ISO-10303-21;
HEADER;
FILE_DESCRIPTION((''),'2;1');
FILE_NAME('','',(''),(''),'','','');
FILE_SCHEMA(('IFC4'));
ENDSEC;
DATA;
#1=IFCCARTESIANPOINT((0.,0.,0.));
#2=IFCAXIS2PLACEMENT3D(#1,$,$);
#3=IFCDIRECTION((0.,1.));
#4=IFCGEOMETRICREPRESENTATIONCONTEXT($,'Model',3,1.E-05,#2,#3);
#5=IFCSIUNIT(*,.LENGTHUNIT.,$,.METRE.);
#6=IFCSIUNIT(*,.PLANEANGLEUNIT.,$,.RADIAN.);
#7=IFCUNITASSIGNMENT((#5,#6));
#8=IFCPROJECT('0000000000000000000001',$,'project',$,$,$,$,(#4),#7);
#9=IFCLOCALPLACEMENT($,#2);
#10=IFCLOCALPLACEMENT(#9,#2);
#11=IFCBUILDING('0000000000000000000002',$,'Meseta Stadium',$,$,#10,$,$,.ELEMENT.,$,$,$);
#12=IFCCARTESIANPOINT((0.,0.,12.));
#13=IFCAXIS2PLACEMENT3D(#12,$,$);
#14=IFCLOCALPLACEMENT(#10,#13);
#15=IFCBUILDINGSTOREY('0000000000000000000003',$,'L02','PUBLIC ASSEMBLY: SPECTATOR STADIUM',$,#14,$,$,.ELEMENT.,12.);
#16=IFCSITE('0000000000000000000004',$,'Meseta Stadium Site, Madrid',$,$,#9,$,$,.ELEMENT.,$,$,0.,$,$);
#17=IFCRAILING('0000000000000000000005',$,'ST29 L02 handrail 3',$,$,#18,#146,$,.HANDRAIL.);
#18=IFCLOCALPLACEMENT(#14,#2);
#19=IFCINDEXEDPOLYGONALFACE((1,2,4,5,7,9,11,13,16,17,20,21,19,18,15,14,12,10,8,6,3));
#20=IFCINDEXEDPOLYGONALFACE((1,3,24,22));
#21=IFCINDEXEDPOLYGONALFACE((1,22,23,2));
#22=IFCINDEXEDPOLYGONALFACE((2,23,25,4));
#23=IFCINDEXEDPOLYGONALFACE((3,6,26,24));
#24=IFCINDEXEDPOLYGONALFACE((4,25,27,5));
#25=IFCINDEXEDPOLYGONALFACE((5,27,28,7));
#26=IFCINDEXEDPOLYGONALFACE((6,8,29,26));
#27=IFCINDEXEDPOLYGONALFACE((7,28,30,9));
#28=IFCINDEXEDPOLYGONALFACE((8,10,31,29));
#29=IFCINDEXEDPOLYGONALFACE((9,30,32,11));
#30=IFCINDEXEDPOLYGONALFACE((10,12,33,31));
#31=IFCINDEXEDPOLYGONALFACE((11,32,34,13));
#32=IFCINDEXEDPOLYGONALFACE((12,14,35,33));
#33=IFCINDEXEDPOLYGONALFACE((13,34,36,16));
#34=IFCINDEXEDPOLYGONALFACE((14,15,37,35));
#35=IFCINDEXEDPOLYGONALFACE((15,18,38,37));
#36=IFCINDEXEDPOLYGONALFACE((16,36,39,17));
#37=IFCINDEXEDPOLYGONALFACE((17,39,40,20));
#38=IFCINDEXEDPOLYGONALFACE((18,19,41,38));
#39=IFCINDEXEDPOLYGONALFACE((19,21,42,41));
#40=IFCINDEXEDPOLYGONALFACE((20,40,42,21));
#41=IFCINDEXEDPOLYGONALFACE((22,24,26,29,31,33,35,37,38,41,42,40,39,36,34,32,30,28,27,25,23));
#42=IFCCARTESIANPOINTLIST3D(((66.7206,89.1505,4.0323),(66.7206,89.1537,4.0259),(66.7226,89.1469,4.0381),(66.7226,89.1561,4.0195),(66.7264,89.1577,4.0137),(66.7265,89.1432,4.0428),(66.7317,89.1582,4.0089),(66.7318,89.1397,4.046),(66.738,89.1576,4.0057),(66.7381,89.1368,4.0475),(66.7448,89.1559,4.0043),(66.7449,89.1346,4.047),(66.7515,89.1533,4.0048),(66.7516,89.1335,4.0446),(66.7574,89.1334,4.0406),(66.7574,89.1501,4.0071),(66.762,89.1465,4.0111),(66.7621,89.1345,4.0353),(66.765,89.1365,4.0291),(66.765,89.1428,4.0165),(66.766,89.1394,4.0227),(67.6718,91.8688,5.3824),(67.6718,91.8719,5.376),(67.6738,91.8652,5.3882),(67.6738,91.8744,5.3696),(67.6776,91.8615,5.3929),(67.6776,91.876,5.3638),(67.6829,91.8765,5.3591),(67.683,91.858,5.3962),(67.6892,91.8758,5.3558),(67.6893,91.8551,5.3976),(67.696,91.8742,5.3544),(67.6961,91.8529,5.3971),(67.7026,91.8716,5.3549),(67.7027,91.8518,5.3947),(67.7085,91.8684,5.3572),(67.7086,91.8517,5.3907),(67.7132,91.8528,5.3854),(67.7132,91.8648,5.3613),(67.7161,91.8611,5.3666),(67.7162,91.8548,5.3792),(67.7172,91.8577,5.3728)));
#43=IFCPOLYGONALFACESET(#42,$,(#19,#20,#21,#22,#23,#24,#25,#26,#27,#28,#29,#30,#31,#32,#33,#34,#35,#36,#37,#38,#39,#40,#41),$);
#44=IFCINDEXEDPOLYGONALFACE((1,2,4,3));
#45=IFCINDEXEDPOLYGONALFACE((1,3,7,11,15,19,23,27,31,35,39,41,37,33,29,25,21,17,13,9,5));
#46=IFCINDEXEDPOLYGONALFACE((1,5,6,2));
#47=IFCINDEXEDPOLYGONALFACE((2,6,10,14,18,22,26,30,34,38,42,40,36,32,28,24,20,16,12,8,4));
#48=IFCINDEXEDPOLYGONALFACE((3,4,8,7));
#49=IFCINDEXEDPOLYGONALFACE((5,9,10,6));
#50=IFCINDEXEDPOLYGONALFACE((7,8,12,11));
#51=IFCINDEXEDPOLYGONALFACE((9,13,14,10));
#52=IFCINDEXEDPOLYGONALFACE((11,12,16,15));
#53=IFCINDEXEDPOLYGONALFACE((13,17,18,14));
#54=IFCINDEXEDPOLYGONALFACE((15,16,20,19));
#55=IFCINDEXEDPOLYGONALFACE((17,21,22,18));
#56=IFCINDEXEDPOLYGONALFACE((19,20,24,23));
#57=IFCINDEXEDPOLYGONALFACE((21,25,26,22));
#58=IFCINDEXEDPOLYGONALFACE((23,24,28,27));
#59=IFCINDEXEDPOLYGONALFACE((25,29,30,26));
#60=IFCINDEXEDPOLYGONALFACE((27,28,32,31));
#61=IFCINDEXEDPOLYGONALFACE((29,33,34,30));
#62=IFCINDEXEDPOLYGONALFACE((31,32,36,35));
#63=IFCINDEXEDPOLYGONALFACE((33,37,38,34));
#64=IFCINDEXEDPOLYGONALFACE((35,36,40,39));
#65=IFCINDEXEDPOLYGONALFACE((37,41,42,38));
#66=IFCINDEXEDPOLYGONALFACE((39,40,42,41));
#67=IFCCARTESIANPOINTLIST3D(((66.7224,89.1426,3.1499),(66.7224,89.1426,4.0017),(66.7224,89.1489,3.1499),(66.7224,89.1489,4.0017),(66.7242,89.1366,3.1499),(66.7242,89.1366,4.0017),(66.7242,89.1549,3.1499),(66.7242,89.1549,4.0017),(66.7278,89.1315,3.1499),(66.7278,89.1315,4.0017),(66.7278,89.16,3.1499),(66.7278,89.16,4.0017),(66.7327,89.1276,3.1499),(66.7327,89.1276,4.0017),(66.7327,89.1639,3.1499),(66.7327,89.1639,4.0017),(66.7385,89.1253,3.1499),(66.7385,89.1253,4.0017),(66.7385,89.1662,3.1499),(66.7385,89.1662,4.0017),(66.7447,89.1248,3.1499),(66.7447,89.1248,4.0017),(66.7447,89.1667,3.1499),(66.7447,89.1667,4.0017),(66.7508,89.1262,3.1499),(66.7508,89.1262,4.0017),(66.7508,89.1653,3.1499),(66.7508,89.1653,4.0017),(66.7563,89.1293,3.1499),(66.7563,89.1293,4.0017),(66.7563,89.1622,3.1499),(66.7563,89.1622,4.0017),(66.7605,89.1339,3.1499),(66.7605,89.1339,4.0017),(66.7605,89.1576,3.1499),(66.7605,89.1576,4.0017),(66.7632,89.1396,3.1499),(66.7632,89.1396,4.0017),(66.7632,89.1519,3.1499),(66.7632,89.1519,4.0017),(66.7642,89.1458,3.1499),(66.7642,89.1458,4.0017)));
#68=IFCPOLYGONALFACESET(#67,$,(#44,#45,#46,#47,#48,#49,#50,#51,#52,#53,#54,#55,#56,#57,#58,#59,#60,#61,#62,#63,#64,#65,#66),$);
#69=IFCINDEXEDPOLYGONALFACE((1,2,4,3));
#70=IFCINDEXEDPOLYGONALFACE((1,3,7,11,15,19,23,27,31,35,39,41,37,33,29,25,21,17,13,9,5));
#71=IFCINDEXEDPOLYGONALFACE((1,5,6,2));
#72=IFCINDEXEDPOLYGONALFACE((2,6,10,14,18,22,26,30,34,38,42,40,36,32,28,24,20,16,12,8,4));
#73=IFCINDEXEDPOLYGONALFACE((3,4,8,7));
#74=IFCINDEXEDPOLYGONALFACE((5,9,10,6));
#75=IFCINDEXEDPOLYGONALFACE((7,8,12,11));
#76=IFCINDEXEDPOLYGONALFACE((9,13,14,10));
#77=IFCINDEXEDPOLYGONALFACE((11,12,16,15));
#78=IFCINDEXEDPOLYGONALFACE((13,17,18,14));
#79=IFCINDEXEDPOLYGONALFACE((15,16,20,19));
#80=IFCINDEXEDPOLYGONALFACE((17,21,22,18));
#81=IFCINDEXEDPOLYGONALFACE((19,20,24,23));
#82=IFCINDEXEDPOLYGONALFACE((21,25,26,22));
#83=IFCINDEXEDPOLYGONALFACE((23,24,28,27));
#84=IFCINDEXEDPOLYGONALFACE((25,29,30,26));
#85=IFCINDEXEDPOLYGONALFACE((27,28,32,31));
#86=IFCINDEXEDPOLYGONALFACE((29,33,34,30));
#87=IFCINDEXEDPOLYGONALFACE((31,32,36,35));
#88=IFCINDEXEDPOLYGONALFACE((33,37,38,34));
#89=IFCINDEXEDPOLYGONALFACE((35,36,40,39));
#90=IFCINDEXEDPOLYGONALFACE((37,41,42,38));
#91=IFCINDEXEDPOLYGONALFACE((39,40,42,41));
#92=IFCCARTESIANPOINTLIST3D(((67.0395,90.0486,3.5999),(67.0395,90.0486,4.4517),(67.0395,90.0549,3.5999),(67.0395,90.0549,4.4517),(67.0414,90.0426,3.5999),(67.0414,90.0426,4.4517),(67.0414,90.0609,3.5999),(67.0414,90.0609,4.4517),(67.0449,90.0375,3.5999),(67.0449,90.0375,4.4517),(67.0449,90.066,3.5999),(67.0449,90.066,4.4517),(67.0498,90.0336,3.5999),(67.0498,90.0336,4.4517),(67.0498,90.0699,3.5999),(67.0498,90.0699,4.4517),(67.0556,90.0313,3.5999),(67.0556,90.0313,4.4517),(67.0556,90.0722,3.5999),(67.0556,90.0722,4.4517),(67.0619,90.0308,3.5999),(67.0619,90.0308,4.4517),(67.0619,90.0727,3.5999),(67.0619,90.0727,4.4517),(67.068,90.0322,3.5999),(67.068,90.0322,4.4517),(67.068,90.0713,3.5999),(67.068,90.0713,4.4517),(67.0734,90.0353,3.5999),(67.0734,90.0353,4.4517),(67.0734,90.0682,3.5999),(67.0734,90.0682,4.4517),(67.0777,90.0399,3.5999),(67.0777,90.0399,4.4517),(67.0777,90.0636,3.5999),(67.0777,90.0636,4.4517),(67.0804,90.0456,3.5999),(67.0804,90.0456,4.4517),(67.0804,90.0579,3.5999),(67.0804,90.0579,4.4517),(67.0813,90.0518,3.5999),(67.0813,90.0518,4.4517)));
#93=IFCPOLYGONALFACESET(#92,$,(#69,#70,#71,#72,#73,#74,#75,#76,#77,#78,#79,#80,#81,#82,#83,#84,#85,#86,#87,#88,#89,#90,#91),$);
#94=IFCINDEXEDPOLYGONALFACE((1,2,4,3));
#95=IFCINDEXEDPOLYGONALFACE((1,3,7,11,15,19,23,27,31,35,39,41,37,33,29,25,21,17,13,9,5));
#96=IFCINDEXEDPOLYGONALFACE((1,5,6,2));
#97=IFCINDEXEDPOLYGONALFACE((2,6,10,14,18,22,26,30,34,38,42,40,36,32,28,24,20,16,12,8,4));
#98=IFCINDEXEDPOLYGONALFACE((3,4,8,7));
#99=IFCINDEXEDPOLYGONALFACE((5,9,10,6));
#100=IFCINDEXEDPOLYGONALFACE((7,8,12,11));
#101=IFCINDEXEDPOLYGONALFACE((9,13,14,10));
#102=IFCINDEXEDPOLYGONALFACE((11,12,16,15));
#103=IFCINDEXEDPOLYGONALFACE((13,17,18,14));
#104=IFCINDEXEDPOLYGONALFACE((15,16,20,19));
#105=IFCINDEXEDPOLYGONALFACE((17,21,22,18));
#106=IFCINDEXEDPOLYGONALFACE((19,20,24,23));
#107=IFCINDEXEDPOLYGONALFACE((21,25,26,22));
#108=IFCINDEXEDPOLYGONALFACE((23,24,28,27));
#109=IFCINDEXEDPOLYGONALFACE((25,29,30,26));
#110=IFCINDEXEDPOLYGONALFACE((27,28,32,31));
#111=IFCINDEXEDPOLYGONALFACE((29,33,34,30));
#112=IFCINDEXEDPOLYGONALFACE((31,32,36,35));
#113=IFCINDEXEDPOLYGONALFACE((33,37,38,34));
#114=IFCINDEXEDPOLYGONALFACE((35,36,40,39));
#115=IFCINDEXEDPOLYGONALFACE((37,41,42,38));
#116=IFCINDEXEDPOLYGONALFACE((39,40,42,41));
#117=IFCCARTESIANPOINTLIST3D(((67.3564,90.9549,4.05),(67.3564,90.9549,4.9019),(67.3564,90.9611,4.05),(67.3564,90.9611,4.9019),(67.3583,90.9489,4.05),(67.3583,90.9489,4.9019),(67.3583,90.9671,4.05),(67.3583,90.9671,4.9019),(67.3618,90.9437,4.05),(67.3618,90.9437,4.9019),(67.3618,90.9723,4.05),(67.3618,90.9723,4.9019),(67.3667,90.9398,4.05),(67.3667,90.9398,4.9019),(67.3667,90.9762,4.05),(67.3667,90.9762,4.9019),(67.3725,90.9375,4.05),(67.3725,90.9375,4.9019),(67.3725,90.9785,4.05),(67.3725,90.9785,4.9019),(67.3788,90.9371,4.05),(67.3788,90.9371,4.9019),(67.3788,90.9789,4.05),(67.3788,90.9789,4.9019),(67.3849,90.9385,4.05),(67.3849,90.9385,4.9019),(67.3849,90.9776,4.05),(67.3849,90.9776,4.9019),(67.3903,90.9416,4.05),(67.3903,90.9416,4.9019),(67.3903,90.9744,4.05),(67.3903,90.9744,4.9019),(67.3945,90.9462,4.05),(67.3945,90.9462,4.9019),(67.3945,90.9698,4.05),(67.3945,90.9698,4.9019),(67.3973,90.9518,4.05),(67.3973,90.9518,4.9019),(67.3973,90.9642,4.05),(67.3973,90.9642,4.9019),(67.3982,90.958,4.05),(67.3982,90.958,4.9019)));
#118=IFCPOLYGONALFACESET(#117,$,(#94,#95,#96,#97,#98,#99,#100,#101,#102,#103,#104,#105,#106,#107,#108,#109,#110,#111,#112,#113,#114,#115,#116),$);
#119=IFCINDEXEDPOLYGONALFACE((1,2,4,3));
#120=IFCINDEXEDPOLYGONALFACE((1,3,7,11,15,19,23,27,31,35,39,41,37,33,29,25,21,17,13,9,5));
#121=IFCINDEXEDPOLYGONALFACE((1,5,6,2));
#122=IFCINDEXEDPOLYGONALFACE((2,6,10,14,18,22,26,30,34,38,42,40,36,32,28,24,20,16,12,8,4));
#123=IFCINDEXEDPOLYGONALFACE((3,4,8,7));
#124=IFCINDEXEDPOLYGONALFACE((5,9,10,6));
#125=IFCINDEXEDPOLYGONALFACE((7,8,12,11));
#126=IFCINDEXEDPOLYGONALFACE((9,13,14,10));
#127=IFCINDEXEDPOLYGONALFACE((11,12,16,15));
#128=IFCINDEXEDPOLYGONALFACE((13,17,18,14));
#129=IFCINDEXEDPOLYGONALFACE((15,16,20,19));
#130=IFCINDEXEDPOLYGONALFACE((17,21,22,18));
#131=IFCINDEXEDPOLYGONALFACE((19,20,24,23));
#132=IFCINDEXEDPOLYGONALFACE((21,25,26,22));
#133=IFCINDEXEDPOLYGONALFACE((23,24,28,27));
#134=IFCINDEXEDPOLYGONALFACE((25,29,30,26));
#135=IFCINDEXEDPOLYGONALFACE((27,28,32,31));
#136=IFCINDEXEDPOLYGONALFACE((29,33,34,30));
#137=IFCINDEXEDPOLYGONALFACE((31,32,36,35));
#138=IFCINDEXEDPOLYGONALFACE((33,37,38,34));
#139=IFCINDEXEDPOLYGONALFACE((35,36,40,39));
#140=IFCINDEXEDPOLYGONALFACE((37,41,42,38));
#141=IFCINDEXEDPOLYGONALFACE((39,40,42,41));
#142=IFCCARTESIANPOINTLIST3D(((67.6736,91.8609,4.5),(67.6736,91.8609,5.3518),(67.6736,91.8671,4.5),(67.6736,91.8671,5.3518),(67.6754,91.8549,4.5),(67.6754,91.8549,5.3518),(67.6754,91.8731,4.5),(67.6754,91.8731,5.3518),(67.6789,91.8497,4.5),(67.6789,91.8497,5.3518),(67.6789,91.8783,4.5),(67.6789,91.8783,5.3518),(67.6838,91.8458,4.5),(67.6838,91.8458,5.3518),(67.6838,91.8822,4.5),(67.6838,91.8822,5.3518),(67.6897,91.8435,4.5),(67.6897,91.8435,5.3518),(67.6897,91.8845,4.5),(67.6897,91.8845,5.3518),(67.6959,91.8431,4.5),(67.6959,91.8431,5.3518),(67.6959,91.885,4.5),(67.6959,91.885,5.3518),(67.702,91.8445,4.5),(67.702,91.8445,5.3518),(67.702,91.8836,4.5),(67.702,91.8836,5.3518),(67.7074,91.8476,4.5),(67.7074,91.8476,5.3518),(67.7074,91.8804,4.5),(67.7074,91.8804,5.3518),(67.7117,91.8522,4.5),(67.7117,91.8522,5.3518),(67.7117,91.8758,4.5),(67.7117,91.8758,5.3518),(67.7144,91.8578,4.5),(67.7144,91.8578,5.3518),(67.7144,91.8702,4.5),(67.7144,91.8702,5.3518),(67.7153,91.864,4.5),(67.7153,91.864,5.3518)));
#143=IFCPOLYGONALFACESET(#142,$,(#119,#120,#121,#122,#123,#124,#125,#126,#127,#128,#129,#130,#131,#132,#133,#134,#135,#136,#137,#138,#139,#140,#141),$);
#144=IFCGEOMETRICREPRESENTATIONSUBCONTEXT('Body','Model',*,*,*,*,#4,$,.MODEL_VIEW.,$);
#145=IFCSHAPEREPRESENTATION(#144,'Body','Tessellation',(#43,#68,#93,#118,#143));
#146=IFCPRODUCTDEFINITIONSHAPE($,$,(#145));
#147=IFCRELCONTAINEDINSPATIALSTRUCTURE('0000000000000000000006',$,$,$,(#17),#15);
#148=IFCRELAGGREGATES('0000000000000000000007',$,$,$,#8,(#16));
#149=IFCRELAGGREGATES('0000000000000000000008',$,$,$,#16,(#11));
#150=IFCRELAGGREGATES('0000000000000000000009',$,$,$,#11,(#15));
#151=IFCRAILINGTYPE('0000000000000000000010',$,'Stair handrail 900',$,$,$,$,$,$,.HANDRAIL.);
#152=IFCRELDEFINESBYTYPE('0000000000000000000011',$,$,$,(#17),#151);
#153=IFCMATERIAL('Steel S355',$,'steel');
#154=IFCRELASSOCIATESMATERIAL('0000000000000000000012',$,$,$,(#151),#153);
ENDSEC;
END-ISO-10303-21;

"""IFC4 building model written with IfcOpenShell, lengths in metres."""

from ifc_helpers import new_model, si_unit, direction, frame, origin, origin_2d, place, context, subcontext, project, spatial, circle, extrude, material, type_object, element, save


model = new_model("IFC4")

# Units and contexts
model_context = context("Model", 3, precision=1e-05, world=origin(), true_north=direction((0.0, 1.0)))
body_context = subcontext(model_context, "Body", "Model", "MODEL_VIEW")
ifc_project = project(units=[si_unit("LENGTHUNIT", "METRE"), si_unit("PLANEANGLEUNIT", "RADIAN")], contexts=[model_context])

# Site, building, storey
site_placement = place(None, origin())
site = spatial("IfcSite", under=ifc_project, at=site_placement, Name="Meseta Stadium Site, Madrid", CompositionType="ELEMENT", RefElevation=0.0)
building_placement = place(site_placement, origin())
building = spatial("IfcBuilding", under=site, at=building_placement, Name="Meseta Stadium", CompositionType="ELEMENT")
storey_placement = place(building_placement, frame((0.0, 0.0, 12.0)))
storey = spatial("IfcBuildingStorey", under=building, at=storey_placement, Name="L02", Description="PUBLIC ASSEMBLY: SPECTATOR STADIUM", CompositionType="ELEMENT", Elevation=12.0)

# Railing
ifc_material_1 = material(Name="Steel S355", Category="steel")
railing_type_1 = type_object("IfcRailingType", Name="Stair handrail 900", PredefinedType="HANDRAIL", material=ifc_material_1)
for number, where, name in (
    (1, (66.7432, 89.1458, 3.1499), "ST29 L02 handrail 3"),
):
    element("IfcRailing", number, at=place(storey_placement, frame(where)), inside=storey, type_object=railing_type_1, Name=name, PredefinedType="HANDRAIL", context=body_context, shape_type="SweptSolid", body=[
        extrude(circle(Radius=0.0239, at=origin_2d()), frame((0.0, 0.0, 0.876), z_axis=(0.299051, 0.854629, 0.424474), x_axis=(-0.943882, 0.330282, 0.0)), (0.0, 0.0, 1.0), 3.1807),
        extrude(circle(Radius=0.021, at=origin_2d()), origin(), (0.0, 0.0, 1.0), 0.8518),
        extrude(circle(Radius=0.021, at=origin_2d()), frame((0.3171, 0.906, 0.45)), (0.0, 0.0, 1.0), 0.8518),
        extrude(circle(Radius=0.021, at=origin_2d()), frame((0.634, 1.8123, 0.9001)), (0.0, 0.0, 1.0), 0.8518),
        extrude(circle(Radius=0.021, at=origin_2d()), frame((0.9512, 2.7183, 1.3501)), (0.0, 0.0, 1.0), 0.8518),
    ])

save(model, "model.ifc")
